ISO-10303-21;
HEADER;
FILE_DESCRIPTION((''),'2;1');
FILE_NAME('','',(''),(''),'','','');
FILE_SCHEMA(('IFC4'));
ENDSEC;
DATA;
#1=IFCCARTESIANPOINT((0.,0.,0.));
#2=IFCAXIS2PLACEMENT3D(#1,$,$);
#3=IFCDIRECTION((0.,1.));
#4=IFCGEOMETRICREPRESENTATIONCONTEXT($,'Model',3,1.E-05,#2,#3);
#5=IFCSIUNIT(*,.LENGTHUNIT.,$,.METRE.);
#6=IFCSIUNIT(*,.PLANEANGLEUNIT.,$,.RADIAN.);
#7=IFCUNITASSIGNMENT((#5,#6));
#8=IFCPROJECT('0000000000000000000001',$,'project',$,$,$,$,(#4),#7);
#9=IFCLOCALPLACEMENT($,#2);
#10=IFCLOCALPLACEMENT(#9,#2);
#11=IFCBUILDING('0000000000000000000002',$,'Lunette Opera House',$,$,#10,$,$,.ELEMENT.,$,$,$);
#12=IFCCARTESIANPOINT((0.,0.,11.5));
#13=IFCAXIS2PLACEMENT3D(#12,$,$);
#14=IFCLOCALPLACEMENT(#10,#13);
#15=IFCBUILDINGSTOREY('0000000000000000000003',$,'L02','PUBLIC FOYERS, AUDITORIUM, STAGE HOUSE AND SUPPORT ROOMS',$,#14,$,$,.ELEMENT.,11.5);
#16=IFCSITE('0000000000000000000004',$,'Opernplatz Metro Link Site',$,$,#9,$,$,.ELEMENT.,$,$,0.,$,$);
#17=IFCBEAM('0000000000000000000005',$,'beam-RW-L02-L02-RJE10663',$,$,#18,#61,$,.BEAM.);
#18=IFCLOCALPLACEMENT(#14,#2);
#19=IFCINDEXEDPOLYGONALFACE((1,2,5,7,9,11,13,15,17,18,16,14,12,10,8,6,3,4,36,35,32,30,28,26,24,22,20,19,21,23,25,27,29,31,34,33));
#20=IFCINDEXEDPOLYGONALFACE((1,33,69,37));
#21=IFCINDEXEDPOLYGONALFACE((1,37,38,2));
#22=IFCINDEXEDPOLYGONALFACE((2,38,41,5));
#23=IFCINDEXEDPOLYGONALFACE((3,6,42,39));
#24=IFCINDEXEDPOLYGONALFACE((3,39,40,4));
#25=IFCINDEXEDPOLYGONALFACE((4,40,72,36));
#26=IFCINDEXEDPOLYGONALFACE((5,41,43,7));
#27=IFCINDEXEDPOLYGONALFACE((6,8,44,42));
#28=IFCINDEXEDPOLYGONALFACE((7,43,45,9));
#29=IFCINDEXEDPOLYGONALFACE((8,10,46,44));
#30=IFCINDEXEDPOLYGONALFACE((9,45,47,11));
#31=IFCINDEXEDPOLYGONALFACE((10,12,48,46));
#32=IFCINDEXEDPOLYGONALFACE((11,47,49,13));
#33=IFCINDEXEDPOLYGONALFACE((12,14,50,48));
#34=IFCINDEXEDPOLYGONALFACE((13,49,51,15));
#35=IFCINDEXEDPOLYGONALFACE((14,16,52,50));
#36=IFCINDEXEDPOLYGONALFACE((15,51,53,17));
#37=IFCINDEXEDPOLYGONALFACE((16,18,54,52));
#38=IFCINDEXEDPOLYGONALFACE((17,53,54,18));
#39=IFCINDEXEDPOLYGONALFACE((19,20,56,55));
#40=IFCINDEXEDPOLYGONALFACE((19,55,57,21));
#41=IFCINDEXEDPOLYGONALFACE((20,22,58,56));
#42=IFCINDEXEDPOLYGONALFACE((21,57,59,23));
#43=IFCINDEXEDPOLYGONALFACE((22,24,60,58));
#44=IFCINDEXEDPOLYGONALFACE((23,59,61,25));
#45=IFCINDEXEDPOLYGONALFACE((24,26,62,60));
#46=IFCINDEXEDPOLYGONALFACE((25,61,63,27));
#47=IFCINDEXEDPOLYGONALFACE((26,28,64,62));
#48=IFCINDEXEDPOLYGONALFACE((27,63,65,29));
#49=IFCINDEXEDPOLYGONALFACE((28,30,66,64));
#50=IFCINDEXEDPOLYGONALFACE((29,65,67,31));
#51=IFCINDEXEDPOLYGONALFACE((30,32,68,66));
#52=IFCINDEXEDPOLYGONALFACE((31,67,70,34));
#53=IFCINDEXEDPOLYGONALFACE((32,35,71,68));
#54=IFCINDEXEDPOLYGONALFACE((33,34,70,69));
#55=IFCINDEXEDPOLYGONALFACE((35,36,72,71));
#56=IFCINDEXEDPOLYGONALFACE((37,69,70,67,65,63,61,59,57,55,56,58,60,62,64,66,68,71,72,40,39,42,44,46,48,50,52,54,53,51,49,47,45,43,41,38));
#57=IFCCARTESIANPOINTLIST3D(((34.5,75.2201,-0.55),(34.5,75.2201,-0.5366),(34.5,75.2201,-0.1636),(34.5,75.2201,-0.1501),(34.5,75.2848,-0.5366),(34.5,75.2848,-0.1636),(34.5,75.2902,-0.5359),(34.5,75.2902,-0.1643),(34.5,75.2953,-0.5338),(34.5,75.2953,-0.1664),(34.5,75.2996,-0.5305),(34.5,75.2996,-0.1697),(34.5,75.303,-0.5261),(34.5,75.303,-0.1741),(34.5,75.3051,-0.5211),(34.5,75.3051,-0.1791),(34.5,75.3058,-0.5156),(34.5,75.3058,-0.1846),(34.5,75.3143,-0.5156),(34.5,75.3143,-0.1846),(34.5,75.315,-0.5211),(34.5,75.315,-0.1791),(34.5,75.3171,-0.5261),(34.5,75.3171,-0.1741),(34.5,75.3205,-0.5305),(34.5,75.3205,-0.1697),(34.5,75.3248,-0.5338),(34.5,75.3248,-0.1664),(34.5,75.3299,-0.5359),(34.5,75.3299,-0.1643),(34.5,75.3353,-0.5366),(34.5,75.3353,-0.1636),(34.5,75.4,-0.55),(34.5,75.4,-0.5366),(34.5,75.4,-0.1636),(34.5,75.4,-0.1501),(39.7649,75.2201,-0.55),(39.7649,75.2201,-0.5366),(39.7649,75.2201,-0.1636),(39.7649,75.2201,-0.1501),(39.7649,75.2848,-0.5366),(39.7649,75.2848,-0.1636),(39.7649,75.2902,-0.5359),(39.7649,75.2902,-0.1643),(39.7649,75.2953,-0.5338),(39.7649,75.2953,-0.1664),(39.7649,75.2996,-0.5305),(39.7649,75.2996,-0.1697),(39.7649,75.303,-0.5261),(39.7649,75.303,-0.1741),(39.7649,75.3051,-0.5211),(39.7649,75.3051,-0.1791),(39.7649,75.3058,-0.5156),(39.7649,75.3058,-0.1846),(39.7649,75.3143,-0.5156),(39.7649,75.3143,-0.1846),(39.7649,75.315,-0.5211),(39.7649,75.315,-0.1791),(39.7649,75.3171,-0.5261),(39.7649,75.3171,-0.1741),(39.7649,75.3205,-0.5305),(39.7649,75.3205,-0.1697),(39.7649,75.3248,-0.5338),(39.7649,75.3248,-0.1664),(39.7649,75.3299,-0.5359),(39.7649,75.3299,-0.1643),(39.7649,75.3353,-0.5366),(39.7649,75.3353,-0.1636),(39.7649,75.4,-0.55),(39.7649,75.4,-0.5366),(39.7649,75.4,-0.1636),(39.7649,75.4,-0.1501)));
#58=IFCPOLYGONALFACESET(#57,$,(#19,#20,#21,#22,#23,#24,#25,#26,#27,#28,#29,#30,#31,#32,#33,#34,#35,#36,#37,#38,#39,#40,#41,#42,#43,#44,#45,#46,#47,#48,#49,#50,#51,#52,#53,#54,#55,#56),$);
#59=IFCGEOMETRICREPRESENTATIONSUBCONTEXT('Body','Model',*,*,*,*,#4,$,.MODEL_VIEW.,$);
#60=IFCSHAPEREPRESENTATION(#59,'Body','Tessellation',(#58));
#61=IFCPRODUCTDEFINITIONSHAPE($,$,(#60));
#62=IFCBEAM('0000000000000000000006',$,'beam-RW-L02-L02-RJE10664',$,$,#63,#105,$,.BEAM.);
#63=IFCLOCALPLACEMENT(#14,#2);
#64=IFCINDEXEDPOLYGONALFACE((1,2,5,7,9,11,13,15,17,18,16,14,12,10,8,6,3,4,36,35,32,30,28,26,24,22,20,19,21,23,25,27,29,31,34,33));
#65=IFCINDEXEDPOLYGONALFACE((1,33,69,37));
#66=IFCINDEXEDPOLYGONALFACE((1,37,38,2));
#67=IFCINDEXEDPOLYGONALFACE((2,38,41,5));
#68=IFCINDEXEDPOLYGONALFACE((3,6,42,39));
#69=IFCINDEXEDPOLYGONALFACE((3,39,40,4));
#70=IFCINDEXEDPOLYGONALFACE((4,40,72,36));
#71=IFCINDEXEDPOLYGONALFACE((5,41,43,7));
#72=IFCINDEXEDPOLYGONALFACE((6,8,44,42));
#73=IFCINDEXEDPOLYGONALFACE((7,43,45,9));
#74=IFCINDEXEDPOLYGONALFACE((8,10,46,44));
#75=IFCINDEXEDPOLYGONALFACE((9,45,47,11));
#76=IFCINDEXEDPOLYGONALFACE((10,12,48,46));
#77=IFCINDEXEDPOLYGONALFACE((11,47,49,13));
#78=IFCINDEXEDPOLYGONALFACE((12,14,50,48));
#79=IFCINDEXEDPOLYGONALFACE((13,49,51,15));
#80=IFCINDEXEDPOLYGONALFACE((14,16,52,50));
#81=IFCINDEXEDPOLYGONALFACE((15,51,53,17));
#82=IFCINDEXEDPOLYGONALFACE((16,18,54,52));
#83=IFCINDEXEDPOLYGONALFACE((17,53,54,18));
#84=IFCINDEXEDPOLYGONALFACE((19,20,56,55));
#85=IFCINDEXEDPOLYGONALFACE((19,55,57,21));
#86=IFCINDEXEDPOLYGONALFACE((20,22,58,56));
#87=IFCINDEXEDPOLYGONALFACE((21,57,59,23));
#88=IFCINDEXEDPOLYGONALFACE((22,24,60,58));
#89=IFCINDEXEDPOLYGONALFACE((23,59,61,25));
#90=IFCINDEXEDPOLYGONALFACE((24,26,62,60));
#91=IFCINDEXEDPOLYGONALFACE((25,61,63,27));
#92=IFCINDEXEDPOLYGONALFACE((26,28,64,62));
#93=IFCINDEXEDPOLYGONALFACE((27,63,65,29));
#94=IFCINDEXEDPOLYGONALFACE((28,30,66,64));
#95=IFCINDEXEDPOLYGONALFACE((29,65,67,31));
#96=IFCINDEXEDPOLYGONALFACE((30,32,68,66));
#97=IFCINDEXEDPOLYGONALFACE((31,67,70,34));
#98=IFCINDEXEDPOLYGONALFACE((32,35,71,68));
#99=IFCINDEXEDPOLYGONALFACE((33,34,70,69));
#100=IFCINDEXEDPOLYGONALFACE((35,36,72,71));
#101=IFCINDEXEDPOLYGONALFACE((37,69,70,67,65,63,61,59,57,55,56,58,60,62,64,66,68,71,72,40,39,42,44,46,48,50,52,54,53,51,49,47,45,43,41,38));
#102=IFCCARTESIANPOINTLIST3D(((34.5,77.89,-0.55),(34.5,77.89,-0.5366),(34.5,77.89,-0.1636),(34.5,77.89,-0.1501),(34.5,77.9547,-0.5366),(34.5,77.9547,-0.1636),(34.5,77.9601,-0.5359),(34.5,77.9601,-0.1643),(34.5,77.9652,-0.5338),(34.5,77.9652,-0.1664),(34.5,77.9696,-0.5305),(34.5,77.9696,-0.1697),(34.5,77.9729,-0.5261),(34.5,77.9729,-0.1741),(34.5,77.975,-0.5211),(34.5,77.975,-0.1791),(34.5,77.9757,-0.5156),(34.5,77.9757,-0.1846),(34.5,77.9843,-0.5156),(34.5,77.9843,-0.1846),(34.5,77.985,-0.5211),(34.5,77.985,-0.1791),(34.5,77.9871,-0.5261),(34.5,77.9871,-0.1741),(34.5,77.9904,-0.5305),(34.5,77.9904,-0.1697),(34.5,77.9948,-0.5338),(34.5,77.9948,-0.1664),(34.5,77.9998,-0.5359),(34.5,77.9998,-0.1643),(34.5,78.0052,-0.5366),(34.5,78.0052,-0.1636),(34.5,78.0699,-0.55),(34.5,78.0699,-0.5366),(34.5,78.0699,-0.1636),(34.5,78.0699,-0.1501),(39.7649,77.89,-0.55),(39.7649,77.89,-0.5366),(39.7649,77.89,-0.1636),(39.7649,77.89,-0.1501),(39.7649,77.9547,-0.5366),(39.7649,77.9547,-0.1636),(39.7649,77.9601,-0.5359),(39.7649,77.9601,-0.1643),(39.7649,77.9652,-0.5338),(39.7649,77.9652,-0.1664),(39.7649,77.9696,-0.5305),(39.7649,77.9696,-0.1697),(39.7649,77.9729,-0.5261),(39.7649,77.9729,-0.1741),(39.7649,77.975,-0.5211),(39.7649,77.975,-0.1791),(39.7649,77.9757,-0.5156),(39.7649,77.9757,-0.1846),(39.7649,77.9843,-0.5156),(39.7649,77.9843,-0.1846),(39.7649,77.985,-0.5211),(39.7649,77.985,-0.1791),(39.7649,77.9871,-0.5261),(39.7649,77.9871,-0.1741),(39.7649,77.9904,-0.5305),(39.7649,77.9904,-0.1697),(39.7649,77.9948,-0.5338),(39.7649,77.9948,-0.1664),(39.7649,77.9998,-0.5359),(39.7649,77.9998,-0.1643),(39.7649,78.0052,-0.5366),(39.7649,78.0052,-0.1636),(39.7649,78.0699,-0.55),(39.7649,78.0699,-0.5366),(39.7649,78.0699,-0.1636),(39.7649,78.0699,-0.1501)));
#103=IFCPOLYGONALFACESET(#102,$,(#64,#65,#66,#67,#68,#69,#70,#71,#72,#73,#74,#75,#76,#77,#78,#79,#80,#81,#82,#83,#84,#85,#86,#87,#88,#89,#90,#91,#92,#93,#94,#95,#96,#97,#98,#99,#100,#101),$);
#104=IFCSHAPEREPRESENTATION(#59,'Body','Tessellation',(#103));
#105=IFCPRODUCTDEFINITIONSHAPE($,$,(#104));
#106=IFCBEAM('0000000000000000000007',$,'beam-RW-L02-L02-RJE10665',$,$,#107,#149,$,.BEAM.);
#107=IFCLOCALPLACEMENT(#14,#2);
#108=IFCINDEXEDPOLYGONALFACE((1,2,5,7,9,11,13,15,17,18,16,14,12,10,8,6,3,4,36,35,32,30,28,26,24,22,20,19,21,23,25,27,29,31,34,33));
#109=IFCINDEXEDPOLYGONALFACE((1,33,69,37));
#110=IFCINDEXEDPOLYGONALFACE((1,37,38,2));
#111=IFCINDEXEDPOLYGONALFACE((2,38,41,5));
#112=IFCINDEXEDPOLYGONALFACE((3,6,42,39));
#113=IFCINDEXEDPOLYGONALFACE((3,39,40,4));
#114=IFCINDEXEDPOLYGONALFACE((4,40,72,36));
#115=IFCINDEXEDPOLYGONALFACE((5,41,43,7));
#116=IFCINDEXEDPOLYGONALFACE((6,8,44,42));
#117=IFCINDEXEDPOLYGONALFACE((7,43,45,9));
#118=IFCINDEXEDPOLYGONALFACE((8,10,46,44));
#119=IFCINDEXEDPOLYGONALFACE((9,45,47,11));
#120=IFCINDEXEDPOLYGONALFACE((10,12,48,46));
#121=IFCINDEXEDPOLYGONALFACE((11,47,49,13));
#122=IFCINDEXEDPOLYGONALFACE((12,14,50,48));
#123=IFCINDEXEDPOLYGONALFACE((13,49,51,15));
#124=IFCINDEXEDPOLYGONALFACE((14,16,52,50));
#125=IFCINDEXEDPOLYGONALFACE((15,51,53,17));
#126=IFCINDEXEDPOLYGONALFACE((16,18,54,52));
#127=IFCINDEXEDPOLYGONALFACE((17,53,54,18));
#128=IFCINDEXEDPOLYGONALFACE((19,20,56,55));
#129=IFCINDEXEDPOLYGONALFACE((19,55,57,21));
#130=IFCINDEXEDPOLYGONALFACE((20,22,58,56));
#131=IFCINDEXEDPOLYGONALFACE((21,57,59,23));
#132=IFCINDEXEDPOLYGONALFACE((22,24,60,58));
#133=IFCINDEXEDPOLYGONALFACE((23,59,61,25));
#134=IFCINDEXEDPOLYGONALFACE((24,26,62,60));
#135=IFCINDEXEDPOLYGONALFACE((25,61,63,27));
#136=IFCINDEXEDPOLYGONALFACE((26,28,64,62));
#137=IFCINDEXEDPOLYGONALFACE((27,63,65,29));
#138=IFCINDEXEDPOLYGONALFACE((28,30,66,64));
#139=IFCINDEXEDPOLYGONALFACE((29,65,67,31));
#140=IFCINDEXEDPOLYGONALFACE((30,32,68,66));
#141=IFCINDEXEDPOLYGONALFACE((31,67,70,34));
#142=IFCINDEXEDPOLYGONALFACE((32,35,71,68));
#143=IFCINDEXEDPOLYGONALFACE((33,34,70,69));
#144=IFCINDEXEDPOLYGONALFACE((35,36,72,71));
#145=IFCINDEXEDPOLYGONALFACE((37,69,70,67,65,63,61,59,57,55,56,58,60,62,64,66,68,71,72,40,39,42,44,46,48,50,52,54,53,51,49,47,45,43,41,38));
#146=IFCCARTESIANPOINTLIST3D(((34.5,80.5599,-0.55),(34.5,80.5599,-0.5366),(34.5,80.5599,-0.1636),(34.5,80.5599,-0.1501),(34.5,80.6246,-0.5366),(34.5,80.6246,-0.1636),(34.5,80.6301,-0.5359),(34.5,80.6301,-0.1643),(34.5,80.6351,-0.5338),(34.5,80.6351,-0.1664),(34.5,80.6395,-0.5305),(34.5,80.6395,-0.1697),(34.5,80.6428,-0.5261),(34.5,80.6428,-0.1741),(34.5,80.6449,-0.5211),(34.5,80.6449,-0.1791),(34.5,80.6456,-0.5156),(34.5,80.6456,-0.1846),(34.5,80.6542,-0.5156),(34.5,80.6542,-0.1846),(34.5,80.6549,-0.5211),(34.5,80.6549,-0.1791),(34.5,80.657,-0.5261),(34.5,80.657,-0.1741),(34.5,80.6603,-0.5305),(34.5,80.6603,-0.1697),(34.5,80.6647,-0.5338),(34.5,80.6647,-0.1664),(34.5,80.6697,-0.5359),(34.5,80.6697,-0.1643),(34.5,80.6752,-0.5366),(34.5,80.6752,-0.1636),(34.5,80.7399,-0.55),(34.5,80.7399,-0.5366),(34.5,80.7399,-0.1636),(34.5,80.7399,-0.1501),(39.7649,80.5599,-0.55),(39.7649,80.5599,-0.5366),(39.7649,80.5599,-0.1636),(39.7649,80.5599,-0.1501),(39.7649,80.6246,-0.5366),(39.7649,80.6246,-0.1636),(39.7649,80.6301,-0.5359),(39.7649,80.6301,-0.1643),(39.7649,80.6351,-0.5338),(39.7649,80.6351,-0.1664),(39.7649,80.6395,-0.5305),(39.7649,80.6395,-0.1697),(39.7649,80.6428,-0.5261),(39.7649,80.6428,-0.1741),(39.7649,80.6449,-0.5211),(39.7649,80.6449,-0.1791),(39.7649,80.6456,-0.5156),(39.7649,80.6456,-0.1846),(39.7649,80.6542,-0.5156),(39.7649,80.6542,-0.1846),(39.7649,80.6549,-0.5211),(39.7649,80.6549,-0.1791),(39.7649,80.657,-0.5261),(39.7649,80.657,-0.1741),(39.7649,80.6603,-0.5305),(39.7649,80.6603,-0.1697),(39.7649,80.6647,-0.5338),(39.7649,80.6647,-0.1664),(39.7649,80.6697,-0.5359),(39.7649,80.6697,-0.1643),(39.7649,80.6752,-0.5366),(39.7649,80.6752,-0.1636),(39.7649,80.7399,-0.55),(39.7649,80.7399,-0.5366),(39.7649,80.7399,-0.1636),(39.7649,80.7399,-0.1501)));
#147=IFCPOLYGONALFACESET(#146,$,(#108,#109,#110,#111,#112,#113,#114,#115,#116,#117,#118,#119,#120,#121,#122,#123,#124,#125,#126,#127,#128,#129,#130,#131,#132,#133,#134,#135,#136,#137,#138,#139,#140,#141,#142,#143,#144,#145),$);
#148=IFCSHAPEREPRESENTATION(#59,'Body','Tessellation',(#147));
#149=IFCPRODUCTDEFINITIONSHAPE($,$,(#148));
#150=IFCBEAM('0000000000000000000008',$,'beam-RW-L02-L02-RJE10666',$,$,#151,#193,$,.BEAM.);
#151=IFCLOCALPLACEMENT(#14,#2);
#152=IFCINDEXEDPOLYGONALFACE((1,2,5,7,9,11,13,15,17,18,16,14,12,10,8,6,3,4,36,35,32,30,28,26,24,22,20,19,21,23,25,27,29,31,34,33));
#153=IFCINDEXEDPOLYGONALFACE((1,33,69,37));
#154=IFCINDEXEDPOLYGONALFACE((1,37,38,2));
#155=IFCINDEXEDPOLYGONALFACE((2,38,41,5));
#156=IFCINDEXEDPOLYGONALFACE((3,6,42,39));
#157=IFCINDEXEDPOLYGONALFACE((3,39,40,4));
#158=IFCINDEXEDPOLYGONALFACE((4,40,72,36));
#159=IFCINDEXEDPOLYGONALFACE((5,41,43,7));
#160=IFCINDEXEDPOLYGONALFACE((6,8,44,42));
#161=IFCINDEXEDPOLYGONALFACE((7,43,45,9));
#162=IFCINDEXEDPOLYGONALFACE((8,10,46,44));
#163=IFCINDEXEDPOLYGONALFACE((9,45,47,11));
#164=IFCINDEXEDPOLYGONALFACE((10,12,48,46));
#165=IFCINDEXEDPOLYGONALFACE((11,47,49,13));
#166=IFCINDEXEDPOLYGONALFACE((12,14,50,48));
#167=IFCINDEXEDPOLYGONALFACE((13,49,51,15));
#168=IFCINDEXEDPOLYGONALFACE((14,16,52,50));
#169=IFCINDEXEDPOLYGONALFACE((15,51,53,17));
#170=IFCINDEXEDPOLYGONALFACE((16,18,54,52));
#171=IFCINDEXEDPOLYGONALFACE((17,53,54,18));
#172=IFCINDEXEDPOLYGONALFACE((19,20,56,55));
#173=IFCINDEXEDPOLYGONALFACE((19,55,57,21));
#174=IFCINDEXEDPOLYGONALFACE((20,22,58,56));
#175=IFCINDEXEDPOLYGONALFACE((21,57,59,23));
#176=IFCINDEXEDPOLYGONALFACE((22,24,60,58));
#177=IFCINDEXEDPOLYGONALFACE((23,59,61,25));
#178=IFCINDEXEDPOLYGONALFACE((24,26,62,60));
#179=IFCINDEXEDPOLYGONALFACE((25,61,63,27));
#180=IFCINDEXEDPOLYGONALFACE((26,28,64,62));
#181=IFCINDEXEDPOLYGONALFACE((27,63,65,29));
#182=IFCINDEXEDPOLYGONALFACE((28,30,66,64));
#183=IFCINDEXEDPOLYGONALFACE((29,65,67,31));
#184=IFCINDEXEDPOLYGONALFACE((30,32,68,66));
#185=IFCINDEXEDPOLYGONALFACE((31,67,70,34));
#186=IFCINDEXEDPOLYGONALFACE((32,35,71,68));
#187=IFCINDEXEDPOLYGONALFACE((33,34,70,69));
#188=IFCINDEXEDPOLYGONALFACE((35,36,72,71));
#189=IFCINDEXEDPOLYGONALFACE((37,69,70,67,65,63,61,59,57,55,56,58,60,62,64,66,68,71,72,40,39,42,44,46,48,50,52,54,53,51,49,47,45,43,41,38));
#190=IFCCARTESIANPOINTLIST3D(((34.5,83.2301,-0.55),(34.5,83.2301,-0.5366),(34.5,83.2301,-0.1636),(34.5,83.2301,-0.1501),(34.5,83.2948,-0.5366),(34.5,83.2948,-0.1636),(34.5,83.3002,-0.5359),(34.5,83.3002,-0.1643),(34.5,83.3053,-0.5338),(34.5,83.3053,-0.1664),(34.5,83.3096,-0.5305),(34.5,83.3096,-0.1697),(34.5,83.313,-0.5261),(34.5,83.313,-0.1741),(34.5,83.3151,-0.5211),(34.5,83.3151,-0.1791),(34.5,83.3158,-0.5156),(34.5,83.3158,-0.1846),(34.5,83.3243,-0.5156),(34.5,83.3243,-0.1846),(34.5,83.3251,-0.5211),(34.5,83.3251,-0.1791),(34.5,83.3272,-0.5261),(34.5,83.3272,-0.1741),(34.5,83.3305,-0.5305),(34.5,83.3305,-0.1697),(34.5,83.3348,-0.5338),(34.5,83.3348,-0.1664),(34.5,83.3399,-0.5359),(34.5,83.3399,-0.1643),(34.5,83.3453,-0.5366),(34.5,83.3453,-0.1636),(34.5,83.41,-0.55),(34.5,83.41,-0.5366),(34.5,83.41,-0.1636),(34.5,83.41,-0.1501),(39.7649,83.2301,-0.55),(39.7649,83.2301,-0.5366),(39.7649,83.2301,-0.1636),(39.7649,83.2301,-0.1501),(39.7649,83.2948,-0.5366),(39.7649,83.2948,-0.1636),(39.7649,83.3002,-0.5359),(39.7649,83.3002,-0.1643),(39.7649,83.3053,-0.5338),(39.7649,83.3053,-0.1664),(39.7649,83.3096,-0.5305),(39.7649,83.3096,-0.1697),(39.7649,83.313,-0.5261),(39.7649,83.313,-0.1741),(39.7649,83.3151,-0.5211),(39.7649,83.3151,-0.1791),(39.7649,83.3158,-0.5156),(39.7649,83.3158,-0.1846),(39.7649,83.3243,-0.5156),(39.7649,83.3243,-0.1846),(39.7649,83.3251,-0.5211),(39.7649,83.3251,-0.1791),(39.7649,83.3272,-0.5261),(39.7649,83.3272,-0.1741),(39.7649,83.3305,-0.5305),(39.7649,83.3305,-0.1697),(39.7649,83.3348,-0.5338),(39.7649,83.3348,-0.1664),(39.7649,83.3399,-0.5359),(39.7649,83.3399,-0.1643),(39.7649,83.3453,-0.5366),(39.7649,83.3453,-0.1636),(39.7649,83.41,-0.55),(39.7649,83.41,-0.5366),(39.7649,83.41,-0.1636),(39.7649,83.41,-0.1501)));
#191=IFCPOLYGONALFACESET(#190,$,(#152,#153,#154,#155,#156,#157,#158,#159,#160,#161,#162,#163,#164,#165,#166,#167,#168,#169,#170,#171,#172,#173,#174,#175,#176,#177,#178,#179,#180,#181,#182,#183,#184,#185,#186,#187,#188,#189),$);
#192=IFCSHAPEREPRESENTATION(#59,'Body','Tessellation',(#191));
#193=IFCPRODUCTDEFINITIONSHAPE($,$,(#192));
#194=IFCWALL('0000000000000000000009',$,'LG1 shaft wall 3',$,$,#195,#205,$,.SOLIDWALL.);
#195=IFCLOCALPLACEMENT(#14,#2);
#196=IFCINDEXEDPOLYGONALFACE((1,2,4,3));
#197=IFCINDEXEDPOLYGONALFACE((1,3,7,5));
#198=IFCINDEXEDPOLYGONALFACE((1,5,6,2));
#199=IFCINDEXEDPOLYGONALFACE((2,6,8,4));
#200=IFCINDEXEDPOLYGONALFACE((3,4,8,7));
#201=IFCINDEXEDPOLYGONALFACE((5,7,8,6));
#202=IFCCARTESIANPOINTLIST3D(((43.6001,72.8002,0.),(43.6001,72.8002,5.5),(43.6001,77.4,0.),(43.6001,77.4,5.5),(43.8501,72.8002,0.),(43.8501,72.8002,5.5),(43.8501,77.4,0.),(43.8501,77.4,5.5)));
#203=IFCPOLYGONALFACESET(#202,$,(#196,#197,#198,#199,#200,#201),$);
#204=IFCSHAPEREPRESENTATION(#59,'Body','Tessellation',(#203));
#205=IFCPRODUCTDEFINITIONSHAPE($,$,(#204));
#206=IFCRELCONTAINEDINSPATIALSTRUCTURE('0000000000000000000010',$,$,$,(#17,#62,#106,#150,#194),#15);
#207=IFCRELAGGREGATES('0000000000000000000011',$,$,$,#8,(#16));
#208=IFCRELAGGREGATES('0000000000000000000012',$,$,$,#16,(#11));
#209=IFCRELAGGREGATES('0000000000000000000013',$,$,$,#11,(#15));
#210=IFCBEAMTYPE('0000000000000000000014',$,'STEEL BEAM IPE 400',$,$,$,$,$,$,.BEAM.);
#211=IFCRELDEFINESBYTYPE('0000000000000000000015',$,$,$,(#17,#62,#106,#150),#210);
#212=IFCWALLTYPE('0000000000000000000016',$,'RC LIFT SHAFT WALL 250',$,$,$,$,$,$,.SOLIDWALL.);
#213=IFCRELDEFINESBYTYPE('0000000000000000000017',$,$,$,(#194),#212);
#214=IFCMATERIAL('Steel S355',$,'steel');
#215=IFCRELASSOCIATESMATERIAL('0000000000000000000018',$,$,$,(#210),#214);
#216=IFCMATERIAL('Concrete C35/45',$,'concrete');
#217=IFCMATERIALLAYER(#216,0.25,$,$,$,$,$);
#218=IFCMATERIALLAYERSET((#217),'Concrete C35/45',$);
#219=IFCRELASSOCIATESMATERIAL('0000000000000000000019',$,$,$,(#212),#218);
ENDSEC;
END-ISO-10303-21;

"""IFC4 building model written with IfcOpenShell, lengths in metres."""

from ifc_helpers import new_model, si_unit, direction, frame, frame_2d, origin, origin_2d, place, context, subcontext, project, spatial, rectangle, i_section, extrude, material, layer, layer_set, material_profile, profile_set, type_object, element, save


model = new_model("IFC4")

# Units and contexts
model_context = context("Model", 3, precision=1e-05, world=origin(), true_north=direction((0.0, 1.0)))
body_context = subcontext(model_context, "Body", "Model", "MODEL_VIEW")
ifc_project = project(units=[si_unit("LENGTHUNIT", "METRE"), si_unit("PLANEANGLEUNIT", "RADIAN")], contexts=[model_context])

# Site, building, storey
site_placement = place(None, origin())
site = spatial("IfcSite", under=ifc_project, at=site_placement, Name="Opernplatz Metro Link Site", CompositionType="ELEMENT", RefElevation=0.0)
building_placement = place(site_placement, origin())
building = spatial("IfcBuilding", under=site, at=building_placement, Name="Lunette Opera House", CompositionType="ELEMENT")
storey_placement = place(building_placement, frame((0.0, 0.0, 11.5)))
storey = spatial("IfcBuildingStorey", under=building, at=storey_placement, Name="L02", Description="PUBLIC FOYERS, AUDITORIUM, STAGE HOUSE AND SUPPORT ROOMS", CompositionType="ELEMENT", Elevation=11.5)

# Beams
ifc_material_1 = material(Name="Steel S355", Category="steel")
ifc_material_profile_1 = material_profile(ifc_material_1, i_section(OverallWidth=0.1799, OverallDepth=0.3999, WebThickness=0.0085, FlangeThickness=0.0134, FilletRadius=0.021, at=origin_2d()), Name="IPE 400")
ifc_profile_set_1 = profile_set([ifc_material_profile_1], Name="Steel S355")
beam_type_1 = type_object("IfcBeamType", Name="STEEL BEAM IPE 400", PredefinedType="BEAM", material=ifc_profile_set_1)
for number, where, z_axis, x_axis, name in (
    (1, (34.5, 75.3101, -0.3501), (1.0, 0.0, 0.0), (0.0, 1.0, 0.0), "beam-RW-L02-L02-RJE10663"),
    (2, (34.5, 77.98, -0.3501), (1.0, 0.0, 0.0), (0.0, 1.0, 0.0), "beam-RW-L02-L02-RJE10664"),
    (3, (34.5, 80.6499, -0.3501), (1.0, 0.0, 0.0), (0.0, 1.0, 0.0), "beam-RW-L02-L02-RJE10665"),
    (4, (34.5, 83.3201, -0.3501), (1.0, 0.0, 0.0), (0.0, 1.0, 0.0), "beam-RW-L02-L02-RJE10666"),
):
    element("IfcBeam", number, at=place(storey_placement, frame(where, z_axis=z_axis, x_axis=x_axis)), inside=storey, type_object=beam_type_1, Name=name, PredefinedType="BEAM", context=body_context, shape_type="SweptSolid", body=[
        extrude(i_section(OverallWidth=0.1799, OverallDepth=0.3999, WebThickness=0.0085, FlangeThickness=0.0134, FilletRadius=0.021, at=origin_2d()), origin(), (0.0, 0.0, 1.0), 5.2649),
    ])

# Wall
ifc_material_2 = material(Name="Concrete C35/45", Category="concrete")
ifc_layer = layer(ifc_material_2, 0.25)
ifc_layer_set = layer_set([ifc_layer], Name="Concrete C35/45")
wall_type = type_object("IfcWallType", Name="RC LIFT SHAFT WALL 250", PredefinedType="SOLIDWALL", material=ifc_layer_set)
wall_1_placement = place(storey_placement, frame((43.7251, 77.3999, 0.0), z_axis=(0.0, 0.0, 1.0), x_axis=(0.0, -1.0, 0.0)))
element("IfcWall", 5, at=wall_1_placement, inside=storey, type_object=wall_type, Name="LG1 shaft wall 3", PredefinedType="SOLIDWALL", context=body_context, shape_type="SweptSolid", body=[
    extrude(rectangle(XDim=4.5999, YDim=0.25, at=frame_2d((2.2998, 0.0))), origin(), (0.0, 0.0, 1.0), 5.5),
])

save(model, "model.ifc")
